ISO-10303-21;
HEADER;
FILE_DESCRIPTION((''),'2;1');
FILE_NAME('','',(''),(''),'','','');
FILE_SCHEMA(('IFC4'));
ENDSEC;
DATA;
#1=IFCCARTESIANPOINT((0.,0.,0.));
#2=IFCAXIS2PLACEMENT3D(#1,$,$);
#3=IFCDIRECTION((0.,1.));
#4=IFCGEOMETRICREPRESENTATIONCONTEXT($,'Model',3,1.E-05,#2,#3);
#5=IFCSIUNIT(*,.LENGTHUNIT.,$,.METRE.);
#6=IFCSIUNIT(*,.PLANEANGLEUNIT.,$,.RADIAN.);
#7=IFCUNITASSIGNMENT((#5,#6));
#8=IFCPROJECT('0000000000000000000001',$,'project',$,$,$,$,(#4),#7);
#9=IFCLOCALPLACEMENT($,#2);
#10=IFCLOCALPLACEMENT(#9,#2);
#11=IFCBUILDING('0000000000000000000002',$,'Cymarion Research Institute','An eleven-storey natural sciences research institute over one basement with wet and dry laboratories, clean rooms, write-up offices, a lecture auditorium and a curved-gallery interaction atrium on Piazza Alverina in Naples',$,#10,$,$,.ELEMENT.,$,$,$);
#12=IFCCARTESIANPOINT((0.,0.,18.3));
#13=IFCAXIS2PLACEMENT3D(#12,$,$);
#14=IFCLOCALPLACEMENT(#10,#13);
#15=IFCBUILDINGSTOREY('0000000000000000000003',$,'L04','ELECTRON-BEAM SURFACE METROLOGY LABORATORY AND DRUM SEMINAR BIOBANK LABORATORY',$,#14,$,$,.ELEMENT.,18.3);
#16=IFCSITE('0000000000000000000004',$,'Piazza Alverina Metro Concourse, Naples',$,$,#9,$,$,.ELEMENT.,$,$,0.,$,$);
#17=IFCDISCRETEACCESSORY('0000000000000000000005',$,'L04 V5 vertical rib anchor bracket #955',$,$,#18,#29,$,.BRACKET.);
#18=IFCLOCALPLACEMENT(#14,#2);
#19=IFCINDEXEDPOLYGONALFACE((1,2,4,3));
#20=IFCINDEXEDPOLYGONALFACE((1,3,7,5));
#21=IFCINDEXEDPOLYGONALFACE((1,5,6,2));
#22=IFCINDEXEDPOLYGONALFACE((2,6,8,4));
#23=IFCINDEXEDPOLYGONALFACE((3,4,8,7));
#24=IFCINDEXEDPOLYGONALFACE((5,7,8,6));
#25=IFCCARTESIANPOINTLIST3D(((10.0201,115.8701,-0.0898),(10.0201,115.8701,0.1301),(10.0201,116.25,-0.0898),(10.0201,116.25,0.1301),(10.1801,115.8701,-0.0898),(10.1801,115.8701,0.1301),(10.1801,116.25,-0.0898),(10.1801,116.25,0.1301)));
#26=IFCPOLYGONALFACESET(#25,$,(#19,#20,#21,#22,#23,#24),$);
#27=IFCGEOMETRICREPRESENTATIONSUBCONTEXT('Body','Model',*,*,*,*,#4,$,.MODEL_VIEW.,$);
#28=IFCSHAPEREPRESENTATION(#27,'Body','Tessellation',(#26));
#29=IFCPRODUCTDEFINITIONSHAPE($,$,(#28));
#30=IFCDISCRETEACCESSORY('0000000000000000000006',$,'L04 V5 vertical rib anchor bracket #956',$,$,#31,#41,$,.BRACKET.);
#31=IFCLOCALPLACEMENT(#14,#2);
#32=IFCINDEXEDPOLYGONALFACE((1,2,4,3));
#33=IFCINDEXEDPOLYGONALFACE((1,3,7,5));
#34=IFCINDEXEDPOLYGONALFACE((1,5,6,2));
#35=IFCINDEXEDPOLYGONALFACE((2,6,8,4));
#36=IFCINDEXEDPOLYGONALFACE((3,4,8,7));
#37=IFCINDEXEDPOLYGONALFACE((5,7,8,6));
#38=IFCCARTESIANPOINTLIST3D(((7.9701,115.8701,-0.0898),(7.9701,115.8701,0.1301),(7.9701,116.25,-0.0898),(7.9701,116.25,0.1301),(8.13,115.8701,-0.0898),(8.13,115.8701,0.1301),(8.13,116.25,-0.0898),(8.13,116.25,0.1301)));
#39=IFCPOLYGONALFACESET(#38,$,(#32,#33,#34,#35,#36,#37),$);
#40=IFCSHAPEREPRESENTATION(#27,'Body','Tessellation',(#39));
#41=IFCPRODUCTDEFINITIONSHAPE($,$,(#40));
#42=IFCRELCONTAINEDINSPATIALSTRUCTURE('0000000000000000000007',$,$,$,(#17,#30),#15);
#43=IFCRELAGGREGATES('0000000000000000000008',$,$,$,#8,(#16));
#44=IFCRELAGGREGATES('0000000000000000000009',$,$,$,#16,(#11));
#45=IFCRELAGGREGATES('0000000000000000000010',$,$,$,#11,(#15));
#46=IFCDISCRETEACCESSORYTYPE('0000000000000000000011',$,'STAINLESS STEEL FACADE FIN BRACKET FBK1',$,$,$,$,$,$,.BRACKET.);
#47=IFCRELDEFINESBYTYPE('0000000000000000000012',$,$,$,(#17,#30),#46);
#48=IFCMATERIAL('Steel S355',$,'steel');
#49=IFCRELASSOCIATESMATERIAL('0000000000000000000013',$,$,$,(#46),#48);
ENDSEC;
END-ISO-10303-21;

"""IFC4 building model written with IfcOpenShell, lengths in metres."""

from ifc_helpers import new_model, si_unit, direction, frame, origin, origin_2d, place, context, subcontext, project, spatial, rectangle, extrude, material, type_object, element, save


model = new_model("IFC4")

# Units and contexts
model_context = context("Model", 3, precision=1e-05, world=origin(), true_north=direction((0.0, 1.0)))
body_context = subcontext(model_context, "Body", "Model", "MODEL_VIEW")
ifc_project = project(units=[si_unit("LENGTHUNIT", "METRE"), si_unit("PLANEANGLEUNIT", "RADIAN")], contexts=[model_context])

# Site, building, storey
site_placement = place(None, origin())
site = spatial("IfcSite", under=ifc_project, at=site_placement, Name="Piazza Alverina Metro Concourse, Naples", CompositionType="ELEMENT", RefElevation=0.0)
building_placement = place(site_placement, origin())
building = spatial("IfcBuilding", under=site, at=building_placement, Name="Cymarion Research Institute", Description="An eleven-storey natural sciences research institute over one basement with wet and dry laboratories, clean rooms, write-up offices, a lecture auditorium and a curved-gallery interaction atrium on Piazza Alverina in Naples", CompositionType="ELEMENT")
storey_placement = place(building_placement, frame((0.0, 0.0, 18.3)))
storey = spatial("IfcBuildingStorey", under=building, at=storey_placement, Name="L04", Description="ELECTRON-BEAM SURFACE METROLOGY LABORATORY AND DRUM SEMINAR BIOBANK LABORATORY", CompositionType="ELEMENT", Elevation=18.3)

# Discrete accessories
ifc_material_1 = material(Name="Steel S355", Category="steel")
discrete_accessory_type = type_object("IfcDiscreteAccessoryType", Name="STAINLESS STEEL FACADE FIN BRACKET FBK1", PredefinedType="BRACKET", material=ifc_material_1)
for number, where, z_axis, x_axis, name in (
    (1, (10.1001, 116.0601, -0.0898), (0.0, 0.0, 1.0), (0.0, 1.0, 0.0), "L04 V5 vertical rib anchor bracket #955"),
    (2, (8.05, 116.0601, -0.0898), (0.0, 0.0, 1.0), (0.0, 1.0, 0.0), "L04 V5 vertical rib anchor bracket #956"),
):
    element("IfcDiscreteAccessory", number, at=place(storey_placement, frame(where, z_axis=z_axis, x_axis=x_axis)), inside=storey, type_object=discrete_accessory_type, Name=name, PredefinedType="BRACKET", context=body_context, shape_type="SweptSolid", body=[
        extrude(rectangle(XDim=0.3799, YDim=0.1599, at=origin_2d()), origin(), (0.0, 0.0, 1.0), 0.22),
    ])

save(model, "model.ifc")
